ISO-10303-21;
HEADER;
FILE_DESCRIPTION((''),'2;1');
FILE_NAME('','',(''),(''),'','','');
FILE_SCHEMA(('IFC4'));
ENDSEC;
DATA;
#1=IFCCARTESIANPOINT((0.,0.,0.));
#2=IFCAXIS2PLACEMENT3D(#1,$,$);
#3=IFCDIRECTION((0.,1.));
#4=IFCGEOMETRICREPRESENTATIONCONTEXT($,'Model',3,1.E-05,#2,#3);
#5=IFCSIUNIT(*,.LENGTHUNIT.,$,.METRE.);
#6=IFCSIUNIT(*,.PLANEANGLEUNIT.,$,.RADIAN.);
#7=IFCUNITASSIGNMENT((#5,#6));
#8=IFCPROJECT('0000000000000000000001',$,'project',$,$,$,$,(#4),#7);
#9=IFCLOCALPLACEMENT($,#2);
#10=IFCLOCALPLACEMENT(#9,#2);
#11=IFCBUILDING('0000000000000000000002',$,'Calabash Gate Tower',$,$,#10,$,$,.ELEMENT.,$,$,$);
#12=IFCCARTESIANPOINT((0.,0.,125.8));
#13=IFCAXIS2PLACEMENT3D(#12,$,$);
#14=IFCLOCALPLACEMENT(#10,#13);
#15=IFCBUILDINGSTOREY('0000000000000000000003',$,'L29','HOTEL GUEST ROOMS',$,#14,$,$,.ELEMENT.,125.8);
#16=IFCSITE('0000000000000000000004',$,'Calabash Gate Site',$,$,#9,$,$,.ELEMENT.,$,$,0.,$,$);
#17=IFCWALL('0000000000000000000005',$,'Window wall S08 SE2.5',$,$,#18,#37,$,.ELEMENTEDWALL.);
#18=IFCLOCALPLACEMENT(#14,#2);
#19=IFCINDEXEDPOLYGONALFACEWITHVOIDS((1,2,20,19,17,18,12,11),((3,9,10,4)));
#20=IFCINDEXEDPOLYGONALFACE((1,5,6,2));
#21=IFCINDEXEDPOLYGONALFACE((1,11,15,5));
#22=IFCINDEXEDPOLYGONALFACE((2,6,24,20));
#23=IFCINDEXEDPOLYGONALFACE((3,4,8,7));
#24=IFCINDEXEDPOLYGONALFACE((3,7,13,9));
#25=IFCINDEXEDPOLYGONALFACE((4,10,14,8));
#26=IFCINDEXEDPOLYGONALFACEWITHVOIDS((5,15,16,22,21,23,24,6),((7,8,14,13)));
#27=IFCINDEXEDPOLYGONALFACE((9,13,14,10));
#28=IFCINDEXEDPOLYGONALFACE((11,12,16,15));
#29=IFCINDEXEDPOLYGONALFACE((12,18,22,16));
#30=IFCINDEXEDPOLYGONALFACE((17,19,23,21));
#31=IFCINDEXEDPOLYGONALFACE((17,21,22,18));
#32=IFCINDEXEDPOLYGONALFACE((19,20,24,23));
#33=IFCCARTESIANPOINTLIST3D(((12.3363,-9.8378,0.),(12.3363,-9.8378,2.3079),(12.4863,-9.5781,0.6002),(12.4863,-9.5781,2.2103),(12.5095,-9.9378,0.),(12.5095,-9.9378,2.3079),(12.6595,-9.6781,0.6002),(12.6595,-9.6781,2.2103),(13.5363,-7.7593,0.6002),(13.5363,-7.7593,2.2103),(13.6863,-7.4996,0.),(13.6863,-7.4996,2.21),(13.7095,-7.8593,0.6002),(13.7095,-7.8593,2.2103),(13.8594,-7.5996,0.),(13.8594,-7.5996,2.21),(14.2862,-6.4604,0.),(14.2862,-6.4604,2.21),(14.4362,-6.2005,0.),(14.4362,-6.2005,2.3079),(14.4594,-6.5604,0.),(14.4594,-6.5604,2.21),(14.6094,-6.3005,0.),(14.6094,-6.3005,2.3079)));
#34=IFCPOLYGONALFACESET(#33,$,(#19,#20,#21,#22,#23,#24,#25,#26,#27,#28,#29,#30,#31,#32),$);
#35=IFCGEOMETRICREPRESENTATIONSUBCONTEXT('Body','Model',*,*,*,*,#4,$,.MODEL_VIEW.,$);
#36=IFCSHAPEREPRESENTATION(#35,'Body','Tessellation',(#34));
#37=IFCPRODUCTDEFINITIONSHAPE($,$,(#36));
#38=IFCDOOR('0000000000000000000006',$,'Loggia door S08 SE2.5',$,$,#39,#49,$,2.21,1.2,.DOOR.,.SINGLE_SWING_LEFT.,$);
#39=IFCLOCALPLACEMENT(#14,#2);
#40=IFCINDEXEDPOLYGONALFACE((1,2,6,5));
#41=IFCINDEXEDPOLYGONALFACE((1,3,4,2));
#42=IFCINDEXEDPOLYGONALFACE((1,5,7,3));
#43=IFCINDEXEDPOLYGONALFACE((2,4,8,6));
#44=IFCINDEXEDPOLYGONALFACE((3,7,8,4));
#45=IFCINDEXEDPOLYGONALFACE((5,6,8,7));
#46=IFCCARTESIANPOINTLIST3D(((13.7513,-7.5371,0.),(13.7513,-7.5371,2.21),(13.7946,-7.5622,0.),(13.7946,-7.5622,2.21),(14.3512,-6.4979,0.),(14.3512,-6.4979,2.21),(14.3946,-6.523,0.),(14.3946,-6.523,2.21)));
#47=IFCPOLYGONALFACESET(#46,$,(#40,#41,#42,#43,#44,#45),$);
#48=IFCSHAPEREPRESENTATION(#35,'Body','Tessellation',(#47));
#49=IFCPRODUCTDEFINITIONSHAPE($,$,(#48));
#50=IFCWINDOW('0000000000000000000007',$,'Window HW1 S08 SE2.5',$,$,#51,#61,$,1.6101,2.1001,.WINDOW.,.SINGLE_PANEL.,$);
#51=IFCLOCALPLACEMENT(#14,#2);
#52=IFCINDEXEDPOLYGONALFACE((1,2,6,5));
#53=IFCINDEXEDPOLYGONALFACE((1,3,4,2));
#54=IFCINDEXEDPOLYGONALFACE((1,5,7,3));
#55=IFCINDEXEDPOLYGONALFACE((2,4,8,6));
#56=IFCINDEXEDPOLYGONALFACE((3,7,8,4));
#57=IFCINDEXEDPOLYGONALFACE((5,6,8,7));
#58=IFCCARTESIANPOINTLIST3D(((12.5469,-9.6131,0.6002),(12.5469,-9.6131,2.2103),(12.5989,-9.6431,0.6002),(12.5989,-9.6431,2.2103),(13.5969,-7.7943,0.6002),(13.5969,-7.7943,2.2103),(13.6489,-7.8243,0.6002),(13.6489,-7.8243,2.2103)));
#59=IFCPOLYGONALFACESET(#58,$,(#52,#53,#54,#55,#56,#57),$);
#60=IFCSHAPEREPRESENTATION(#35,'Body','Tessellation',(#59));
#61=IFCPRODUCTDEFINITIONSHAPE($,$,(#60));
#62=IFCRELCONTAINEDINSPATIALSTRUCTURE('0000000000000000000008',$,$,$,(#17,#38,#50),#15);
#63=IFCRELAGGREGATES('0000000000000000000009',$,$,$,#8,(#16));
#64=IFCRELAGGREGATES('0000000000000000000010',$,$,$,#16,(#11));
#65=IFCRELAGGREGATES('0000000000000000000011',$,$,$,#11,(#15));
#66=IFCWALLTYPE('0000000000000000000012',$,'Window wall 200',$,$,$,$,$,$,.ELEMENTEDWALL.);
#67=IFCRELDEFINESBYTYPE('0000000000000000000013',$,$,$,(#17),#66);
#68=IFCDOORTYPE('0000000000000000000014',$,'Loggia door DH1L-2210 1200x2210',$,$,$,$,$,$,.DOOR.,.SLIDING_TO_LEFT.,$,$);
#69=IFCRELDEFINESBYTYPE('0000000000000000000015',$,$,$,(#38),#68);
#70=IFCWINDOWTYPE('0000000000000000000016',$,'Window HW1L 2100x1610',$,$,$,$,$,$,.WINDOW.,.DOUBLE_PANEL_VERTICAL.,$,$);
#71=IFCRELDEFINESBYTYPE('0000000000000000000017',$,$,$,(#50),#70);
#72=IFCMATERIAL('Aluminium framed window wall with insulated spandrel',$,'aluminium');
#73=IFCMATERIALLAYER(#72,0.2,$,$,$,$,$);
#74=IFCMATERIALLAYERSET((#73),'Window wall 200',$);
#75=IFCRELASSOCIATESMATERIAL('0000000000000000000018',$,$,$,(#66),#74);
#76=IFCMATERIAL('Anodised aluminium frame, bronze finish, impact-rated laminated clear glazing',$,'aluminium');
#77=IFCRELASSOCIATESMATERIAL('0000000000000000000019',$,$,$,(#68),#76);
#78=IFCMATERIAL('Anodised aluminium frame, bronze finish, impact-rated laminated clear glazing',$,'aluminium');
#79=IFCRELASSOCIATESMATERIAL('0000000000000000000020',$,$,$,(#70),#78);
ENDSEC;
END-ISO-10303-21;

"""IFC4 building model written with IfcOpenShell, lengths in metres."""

from ifc_helpers import new_model, si_unit, direction, frame, frame_2d, origin, place, context, subcontext, project, spatial, rectangle, extrude, material, layer, layer_set, type_object, element, fill, save


model = new_model("IFC4")

# Units and contexts
model_context = context("Model", 3, precision=1e-05, world=origin(), true_north=direction((0.0, 1.0)))
body_context = subcontext(model_context, "Body", "Model", "MODEL_VIEW")
ifc_project = project(units=[si_unit("LENGTHUNIT", "METRE"), si_unit("PLANEANGLEUNIT", "RADIAN")], contexts=[model_context])

# Site, building, storey
site_placement = place(None, origin())
site = spatial("IfcSite", under=ifc_project, at=site_placement, Name="Calabash Gate Site", CompositionType="ELEMENT", RefElevation=0.0)
building_placement = place(site_placement, origin())
building = spatial("IfcBuilding", under=site, at=building_placement, Name="Calabash Gate Tower", CompositionType="ELEMENT")
storey_placement = place(building_placement, frame((0.0, 0.0, 125.8)))
storey = spatial("IfcBuildingStorey", under=building, at=storey_placement, Name="L29", Description="HOTEL GUEST ROOMS", CompositionType="ELEMENT", Elevation=125.8)

# Wall, openings, door, window
ifc_material_1 = material(Name="Aluminium framed window wall with insulated spandrel", Category="aluminium")
ifc_layer_1 = layer(ifc_material_1, 0.2)
ifc_layer_set_1 = layer_set([ifc_layer_1], Name="Window wall 200")
wall_type_1 = type_object("IfcWallType", Name="Window wall 200", PredefinedType="ELEMENTEDWALL", material=ifc_layer_set_1)
wall_1_placement = place(storey_placement, frame((12.4229, -9.8879, 0.0), z_axis=(0.0, 0.0, 1.0), x_axis=(0.499984, 0.866035, 0.0)))
wall_1 = element("IfcWall", 1, at=wall_1_placement, inside=storey, type_object=wall_type_1, Name="Window wall S08 SE2.5", PredefinedType="ELEMENTEDWALL", context=body_context, shape_type="SweptSolid", body=[
    extrude(rectangle(XDim=4.2, YDim=0.2, at=frame_2d((2.1001, 0.0))), origin(), (0.0, 0.0, 1.0), 2.3079),
])
opening_1_placement = place(wall_1_placement, frame((0.3, 0.0, 0.6001)))
opening_1 = element("IfcOpeningElement", 2, at=opening_1_placement, cuts=wall_1, PredefinedType="OPENING", context=body_context, shape_type="SweptSolid", body=[
    extrude(rectangle(XDim=2.1001, YDim=1.6101, at=frame_2d((1.05, 0.8052))), frame((0.0, 0.1099, 0.0), z_axis=(0.0, -1.0, 0.0), x_axis=(1.0, 0.0, 0.0)), (0.0, 0.0, 1.0), 0.22),
])
opening_2_placement = place(wall_1_placement, frame((2.7, 0.0, 0.0)))
opening_2 = element("IfcOpeningElement", 3, at=opening_2_placement, cuts=wall_1, PredefinedType="OPENING", context=body_context, shape_type="SweptSolid", body=[
    extrude(rectangle(XDim=1.2, YDim=2.21, at=frame_2d((0.6001, 1.105))), frame((0.0, 0.1099, 0.0), z_axis=(0.0, -1.0, 0.0), x_axis=(1.0, 0.0, 0.0)), (0.0, 0.0, 1.0), 0.22),
])
ifc_material_2 = material(Name="Anodised aluminium frame, bronze finish, impact-rated laminated clear glazing", Category="aluminium")
door_type_1 = type_object("IfcDoorType", Name="Loggia door DH1L-2210 1200x2210", OperationType="SLIDING_TO_LEFT", PredefinedType="DOOR", material=ifc_material_2)
door_1_placement = place(opening_2_placement, origin())
door_1 = element("IfcDoor", 4, at=door_1_placement, inside=storey, type_object=door_type_1, Name="Loggia door S08 SE2.5", OperationType="SINGLE_SWING_LEFT", OverallHeight=2.21, OverallWidth=1.2, PredefinedType="DOOR", context=body_context, shape_type="SweptSolid", body=[
    extrude(rectangle(XDim=1.2, YDim=2.21, at=frame_2d((0.6001, 1.105))), frame((0.0, 0.0249, 0.0), z_axis=(0.0, -1.0, 0.0), x_axis=(1.0, 0.0, 0.0)), (0.0, 0.0, 1.0), 0.05),
])
fill(opening_2, door_1)
ifc_material_3 = material(Name="Anodised aluminium frame, bronze finish, impact-rated laminated clear glazing", Category="aluminium")
window_type = type_object("IfcWindowType", Name="Window HW1L 2100x1610", PartitioningType="DOUBLE_PANEL_VERTICAL", PredefinedType="WINDOW", material=ifc_material_3)
window_placement = place(opening_1_placement, origin())
window = element("IfcWindow", 5, at=window_placement, inside=storey, type_object=window_type, Name="Window HW1 S08 SE2.5", OverallHeight=1.6101, OverallWidth=2.1001, PartitioningType="SINGLE_PANEL", PredefinedType="WINDOW", context=body_context, shape_type="SweptSolid", body=[
    extrude(rectangle(XDim=2.1001, YDim=1.6101, at=frame_2d((1.05, 0.8052))), frame((0.0, 0.03, 0.0), z_axis=(0.0, -1.0, 0.0), x_axis=(1.0, 0.0, 0.0)), (0.0, 0.0, 1.0), 0.0601),
])
fill(opening_1, window)

save(model, "model.ifc")
